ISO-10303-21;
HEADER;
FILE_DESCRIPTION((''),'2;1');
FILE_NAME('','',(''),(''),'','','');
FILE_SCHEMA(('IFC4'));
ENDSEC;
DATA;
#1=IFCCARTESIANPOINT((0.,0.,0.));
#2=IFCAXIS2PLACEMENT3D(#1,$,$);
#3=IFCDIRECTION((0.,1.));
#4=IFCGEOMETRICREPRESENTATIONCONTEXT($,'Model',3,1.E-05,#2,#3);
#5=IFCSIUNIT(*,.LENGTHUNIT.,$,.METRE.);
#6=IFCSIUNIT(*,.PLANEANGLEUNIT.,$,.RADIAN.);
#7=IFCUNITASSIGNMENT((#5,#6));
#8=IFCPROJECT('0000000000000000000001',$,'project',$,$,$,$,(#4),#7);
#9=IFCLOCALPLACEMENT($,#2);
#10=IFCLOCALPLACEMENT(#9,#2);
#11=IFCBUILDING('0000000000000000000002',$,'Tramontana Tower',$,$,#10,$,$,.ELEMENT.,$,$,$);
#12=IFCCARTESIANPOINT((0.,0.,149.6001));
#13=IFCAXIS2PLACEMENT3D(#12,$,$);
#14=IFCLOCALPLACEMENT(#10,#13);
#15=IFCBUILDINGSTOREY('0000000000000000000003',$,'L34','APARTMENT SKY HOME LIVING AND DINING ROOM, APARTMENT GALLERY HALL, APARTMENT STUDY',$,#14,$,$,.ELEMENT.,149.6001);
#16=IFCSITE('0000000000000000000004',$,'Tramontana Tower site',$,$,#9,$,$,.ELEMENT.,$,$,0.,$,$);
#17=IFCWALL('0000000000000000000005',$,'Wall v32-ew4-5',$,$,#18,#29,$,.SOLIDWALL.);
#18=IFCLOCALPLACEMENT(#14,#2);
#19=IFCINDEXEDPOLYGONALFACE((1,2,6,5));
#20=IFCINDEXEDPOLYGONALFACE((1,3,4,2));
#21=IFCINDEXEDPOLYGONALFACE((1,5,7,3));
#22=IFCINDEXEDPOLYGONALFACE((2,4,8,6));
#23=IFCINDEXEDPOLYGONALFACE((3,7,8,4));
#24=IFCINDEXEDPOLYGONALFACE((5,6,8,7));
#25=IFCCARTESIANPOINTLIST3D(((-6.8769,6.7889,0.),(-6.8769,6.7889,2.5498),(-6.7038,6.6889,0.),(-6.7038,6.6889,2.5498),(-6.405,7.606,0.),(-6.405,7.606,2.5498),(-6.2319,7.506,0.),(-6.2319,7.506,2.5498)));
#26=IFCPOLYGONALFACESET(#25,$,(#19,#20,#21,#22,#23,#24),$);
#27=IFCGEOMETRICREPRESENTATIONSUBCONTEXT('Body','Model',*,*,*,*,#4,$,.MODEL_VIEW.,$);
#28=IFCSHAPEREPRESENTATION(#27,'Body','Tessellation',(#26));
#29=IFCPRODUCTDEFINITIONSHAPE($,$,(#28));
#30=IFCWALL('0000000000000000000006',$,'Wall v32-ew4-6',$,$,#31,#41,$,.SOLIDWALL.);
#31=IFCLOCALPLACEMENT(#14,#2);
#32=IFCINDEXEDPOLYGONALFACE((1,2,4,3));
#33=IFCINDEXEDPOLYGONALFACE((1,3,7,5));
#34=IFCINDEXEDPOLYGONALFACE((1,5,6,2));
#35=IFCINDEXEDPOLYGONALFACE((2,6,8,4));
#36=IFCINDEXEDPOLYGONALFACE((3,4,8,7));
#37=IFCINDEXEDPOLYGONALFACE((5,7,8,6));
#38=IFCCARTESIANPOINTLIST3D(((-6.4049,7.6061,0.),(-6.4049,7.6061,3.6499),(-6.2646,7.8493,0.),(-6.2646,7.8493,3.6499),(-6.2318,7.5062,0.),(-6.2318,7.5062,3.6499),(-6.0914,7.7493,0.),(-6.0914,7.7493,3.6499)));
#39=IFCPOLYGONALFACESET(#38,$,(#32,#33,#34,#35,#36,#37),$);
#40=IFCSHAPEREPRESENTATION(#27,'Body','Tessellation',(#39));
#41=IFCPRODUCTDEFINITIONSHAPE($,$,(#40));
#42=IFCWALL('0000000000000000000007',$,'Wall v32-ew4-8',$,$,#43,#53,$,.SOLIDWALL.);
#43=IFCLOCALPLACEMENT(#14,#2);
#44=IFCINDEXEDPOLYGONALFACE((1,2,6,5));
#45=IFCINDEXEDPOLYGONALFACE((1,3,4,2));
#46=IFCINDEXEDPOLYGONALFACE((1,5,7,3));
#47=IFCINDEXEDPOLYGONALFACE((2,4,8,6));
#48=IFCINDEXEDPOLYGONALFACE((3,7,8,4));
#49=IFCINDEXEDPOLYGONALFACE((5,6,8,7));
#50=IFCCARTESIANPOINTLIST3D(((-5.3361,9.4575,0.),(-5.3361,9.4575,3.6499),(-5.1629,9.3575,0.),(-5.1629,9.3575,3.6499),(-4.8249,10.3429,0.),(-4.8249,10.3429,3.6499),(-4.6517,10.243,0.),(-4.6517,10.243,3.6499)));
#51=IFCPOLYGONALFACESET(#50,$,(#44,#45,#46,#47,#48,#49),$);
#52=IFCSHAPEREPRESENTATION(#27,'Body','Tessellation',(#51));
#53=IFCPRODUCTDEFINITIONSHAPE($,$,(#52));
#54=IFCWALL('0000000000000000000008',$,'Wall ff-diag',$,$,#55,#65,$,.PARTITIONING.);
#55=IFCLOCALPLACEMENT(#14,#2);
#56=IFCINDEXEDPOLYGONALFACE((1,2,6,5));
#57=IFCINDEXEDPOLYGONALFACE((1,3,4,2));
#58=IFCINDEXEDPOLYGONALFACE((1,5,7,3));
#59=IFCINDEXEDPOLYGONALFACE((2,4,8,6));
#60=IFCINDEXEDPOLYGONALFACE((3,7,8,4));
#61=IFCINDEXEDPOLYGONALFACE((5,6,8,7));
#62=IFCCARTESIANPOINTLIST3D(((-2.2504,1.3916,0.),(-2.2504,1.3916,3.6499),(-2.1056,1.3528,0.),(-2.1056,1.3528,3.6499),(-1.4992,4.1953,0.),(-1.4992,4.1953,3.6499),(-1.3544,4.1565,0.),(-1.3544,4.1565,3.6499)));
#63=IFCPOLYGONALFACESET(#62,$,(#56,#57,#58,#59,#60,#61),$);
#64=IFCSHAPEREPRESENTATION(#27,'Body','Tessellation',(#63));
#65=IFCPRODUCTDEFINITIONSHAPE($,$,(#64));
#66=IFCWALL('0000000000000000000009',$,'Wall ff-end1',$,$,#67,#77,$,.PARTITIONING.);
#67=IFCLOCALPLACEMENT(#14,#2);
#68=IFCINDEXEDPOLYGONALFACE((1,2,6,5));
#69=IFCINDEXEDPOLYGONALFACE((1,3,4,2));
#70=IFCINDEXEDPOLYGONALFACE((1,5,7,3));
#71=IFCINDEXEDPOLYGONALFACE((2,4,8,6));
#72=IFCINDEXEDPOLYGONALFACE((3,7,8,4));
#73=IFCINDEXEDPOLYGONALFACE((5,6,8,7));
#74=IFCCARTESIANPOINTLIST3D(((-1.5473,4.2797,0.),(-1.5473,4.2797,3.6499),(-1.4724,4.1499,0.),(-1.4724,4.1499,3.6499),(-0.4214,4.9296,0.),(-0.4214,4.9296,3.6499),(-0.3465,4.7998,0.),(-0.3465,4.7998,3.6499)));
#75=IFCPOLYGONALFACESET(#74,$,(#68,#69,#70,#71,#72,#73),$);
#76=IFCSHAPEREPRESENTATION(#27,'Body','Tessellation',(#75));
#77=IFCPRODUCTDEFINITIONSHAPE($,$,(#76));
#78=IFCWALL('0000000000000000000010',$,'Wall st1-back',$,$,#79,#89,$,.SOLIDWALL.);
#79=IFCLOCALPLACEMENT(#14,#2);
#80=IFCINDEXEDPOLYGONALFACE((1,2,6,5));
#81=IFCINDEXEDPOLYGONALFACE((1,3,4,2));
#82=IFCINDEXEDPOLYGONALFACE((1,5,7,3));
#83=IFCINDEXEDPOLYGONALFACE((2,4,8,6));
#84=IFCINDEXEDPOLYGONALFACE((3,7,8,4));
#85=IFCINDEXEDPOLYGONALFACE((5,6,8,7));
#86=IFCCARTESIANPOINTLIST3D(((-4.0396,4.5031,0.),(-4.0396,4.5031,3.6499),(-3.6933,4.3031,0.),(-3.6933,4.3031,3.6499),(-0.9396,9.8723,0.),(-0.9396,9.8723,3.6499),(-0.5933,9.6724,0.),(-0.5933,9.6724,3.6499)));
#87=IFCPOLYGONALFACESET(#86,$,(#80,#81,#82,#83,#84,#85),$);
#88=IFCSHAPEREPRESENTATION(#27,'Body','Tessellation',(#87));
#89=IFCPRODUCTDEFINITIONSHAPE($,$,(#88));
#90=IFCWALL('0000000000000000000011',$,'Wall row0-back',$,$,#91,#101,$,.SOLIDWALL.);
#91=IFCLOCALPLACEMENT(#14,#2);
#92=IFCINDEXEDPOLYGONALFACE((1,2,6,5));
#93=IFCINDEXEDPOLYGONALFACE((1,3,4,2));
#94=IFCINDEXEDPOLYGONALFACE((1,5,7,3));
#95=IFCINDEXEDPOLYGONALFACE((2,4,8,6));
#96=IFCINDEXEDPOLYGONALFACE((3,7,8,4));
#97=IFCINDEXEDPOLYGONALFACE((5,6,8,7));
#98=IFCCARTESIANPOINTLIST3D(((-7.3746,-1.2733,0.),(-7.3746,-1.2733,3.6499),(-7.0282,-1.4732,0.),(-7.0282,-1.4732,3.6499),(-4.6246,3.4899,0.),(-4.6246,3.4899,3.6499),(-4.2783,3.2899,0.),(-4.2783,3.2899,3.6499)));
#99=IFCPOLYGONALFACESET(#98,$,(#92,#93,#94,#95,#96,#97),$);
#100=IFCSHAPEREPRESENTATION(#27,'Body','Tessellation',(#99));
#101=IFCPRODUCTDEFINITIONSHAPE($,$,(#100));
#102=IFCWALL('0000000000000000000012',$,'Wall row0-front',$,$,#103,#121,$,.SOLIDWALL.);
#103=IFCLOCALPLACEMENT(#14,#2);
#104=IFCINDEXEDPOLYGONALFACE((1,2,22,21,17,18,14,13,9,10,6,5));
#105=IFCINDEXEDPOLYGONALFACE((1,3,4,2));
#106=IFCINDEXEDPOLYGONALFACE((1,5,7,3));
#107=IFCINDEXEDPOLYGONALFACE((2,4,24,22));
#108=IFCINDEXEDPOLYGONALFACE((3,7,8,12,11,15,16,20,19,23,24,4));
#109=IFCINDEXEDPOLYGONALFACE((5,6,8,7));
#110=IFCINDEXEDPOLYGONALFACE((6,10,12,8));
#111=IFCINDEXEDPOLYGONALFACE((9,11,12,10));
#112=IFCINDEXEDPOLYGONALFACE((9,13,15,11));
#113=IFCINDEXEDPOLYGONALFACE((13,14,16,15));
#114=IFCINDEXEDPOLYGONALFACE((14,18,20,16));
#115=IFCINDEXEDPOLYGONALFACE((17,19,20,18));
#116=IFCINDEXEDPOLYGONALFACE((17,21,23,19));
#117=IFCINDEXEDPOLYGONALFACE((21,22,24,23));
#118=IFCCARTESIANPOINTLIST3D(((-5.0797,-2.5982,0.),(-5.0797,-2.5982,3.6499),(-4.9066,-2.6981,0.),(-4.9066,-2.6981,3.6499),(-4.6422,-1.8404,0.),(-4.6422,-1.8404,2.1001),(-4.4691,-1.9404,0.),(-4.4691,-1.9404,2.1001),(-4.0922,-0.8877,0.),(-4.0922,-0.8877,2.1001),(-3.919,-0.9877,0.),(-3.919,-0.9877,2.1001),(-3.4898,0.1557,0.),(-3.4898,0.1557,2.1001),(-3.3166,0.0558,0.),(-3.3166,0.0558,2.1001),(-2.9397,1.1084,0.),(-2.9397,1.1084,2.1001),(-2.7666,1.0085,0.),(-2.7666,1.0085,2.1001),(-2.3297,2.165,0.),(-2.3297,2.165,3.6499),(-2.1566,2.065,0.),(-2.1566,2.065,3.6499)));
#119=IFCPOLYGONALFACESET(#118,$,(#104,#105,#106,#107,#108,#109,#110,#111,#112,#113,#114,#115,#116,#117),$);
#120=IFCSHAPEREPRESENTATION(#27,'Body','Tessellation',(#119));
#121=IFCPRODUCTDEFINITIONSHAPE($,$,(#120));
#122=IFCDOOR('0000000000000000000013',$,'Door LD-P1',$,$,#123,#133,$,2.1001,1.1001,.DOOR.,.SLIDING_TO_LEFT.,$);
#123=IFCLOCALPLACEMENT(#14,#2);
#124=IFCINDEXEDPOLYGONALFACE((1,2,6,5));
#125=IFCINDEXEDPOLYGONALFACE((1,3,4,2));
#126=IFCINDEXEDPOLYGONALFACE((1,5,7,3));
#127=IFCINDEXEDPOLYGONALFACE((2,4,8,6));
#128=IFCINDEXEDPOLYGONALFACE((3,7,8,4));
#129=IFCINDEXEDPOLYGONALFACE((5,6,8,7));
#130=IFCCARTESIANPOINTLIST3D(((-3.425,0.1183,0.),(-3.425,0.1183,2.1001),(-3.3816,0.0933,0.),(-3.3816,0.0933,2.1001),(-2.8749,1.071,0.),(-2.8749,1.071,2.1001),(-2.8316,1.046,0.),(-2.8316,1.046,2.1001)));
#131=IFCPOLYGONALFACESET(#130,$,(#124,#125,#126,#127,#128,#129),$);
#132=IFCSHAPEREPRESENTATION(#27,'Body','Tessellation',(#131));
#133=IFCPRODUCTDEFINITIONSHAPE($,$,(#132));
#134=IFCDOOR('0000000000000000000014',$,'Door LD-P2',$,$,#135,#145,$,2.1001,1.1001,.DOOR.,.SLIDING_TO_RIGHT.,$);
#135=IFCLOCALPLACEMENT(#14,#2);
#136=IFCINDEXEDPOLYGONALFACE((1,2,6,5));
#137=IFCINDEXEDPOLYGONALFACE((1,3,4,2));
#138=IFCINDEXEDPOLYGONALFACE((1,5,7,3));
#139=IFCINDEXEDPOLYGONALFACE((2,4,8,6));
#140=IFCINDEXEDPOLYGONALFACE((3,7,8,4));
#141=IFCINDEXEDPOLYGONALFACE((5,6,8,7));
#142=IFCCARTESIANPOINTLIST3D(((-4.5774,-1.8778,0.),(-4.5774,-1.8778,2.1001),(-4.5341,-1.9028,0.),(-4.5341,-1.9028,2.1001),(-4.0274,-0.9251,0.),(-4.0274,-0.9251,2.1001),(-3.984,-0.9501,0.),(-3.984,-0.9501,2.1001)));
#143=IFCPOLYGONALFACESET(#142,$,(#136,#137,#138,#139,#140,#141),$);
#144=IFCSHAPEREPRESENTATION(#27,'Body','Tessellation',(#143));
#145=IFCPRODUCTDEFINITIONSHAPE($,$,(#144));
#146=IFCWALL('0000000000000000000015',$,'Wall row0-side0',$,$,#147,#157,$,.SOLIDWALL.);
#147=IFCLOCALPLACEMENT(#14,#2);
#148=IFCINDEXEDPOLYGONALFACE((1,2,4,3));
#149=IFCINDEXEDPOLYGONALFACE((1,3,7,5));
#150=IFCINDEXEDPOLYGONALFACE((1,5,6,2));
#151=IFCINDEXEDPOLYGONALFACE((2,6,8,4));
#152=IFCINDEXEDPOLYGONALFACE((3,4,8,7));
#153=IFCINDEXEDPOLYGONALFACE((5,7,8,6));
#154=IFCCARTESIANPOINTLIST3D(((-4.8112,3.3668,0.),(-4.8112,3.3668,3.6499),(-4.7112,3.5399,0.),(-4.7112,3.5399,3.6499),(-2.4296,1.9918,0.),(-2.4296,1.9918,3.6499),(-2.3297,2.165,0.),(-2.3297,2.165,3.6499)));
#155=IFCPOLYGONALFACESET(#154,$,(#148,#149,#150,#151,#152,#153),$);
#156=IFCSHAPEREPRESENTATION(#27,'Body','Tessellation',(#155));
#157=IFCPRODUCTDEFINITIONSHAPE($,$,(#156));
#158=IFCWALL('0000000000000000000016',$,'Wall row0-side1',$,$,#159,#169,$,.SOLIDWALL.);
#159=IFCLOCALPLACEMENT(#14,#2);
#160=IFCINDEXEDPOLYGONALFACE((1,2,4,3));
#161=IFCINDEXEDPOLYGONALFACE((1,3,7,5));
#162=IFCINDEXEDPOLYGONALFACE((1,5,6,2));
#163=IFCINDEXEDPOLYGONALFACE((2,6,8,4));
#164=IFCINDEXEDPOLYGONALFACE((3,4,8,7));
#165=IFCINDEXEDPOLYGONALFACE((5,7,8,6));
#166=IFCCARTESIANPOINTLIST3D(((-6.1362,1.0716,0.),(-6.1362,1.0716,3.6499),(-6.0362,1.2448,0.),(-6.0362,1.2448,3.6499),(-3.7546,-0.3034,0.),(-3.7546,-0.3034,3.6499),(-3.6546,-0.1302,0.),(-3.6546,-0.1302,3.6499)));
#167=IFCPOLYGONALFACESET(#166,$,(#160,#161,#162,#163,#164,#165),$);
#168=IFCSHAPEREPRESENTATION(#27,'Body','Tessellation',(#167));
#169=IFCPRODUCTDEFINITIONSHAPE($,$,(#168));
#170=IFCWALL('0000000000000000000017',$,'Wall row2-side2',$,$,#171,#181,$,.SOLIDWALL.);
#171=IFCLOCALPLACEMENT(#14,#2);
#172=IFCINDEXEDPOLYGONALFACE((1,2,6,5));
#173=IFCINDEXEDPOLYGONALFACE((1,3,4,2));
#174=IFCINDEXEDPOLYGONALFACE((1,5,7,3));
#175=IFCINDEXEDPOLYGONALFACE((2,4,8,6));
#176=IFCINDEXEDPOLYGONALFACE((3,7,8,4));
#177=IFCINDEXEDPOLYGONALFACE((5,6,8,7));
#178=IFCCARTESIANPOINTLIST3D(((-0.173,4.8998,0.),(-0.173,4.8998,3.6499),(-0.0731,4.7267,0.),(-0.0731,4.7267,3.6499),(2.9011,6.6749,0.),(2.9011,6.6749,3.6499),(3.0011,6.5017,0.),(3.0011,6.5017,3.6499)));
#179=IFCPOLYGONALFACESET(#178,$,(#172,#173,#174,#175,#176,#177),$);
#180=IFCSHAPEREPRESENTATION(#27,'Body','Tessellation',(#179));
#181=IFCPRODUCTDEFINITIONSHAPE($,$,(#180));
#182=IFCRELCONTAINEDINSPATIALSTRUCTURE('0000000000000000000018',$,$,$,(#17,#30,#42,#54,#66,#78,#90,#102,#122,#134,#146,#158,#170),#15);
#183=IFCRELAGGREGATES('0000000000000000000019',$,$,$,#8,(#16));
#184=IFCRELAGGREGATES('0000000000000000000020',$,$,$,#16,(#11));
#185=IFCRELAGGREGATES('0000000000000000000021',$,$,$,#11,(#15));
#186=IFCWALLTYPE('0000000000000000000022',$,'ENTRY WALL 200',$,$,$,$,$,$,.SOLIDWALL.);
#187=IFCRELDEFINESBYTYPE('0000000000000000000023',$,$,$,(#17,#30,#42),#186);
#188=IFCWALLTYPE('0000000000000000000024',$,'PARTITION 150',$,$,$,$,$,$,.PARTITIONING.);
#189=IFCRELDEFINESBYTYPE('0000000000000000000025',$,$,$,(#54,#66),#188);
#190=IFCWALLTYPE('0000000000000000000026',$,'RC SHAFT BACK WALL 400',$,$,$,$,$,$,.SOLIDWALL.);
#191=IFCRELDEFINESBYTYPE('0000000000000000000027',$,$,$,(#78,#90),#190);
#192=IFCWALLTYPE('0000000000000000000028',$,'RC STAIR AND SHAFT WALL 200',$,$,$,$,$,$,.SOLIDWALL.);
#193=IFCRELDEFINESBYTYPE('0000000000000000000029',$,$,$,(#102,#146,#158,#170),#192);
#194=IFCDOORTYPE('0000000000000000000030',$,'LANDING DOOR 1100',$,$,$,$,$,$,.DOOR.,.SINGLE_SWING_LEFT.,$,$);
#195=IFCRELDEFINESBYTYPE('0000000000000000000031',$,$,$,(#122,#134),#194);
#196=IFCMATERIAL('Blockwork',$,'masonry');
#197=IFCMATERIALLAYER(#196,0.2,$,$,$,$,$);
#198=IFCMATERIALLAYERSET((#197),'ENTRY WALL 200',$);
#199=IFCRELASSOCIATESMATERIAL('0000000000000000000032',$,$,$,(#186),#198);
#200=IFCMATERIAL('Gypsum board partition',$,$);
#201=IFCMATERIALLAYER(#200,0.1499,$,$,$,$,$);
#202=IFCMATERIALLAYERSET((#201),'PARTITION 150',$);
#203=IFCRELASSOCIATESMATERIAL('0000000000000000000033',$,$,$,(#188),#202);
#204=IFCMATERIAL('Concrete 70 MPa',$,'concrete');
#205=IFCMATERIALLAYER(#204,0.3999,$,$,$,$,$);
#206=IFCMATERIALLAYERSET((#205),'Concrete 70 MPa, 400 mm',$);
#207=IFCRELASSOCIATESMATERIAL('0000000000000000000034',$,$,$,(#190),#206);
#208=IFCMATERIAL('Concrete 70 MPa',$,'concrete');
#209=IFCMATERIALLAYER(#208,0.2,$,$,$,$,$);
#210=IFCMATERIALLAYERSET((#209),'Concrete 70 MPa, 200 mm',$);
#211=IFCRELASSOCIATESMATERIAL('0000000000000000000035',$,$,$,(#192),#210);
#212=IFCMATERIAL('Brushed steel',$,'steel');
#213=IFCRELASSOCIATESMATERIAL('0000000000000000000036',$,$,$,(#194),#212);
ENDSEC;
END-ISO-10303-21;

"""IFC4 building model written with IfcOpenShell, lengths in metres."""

from ifc_helpers import new_model, si_unit, direction, frame, frame_2d, origin, place, context, subcontext, project, spatial, rectangle, extrude, material, layer, layer_set, type_object, element, fill, save


model = new_model("IFC4")

# Units and contexts
model_context = context("Model", 3, precision=1e-05, world=origin(), true_north=direction((0.0, 1.0)))
body_context = subcontext(model_context, "Body", "Model", "MODEL_VIEW")
ifc_project = project(units=[si_unit("LENGTHUNIT", "METRE"), si_unit("PLANEANGLEUNIT", "RADIAN")], contexts=[model_context])

# Site, building, storey
site_placement = place(None, origin())
site = spatial("IfcSite", under=ifc_project, at=site_placement, Name="Tramontana Tower site", CompositionType="ELEMENT", RefElevation=0.0)
building_placement = place(site_placement, origin())
building = spatial("IfcBuilding", under=site, at=building_placement, Name="Tramontana Tower", CompositionType="ELEMENT")
storey_placement = place(building_placement, frame((0.0, 0.0, 149.6001)))
storey = spatial("IfcBuildingStorey", under=building, at=storey_placement, Name="L34", Description="APARTMENT SKY HOME LIVING AND DINING ROOM, APARTMENT GALLERY HALL, APARTMENT STUDY", CompositionType="ELEMENT", Elevation=149.6001)

# Walls
ifc_material_1 = material(Name="Blockwork", Category="masonry")
ifc_layer_1 = layer(ifc_material_1, 0.2)
ifc_layer_set_1 = layer_set([ifc_layer_1], Name="ENTRY WALL 200")
wall_type_1 = type_object("IfcWallType", Name="ENTRY WALL 200", PredefinedType="SOLIDWALL", material=ifc_layer_set_1)
wall_1_placement = place(storey_placement, frame((-6.7903, 6.739, 0.0), z_axis=(0.0, 0.0, 1.0), x_axis=(0.500118, 0.865957, 0.0)))
element("IfcWall", 1, at=wall_1_placement, inside=storey, type_object=wall_type_1, Name="Wall v32-ew4-5", PredefinedType="SOLIDWALL", context=body_context, shape_type="SweptSolid", body=[
    extrude(rectangle(XDim=0.9436, YDim=0.2, at=frame_2d((0.4717, 0.0))), origin(), (0.0, 0.0, 1.0), 2.5498),
])
wall_2_placement = place(storey_placement, frame((-6.3184, 7.5562, 0.0), z_axis=(0.0, 0.0, 1.0), x_axis=(0.499973, 0.866041, 0.0)))
element("IfcWall", 2, at=wall_2_placement, inside=storey, type_object=wall_type_1, Name="Wall v32-ew4-6", PredefinedType="SOLIDWALL", context=body_context, shape_type="SweptSolid", body=[
    extrude(rectangle(XDim=0.2808, YDim=0.2, at=frame_2d((0.1404, 0.0))), origin(), (0.0, 0.0, 1.0), 3.6499),
])

# Walls
wall_3_placement = place(storey_placement, frame((-5.2495, 9.4075, 0.0), z_axis=(0.0, 0.0, 1.0), x_axis=(0.499991, 0.866031, 0.0)))
element("IfcWall", 3, at=wall_3_placement, inside=storey, type_object=wall_type_1, Name="Wall v32-ew4-8", PredefinedType="SOLIDWALL", context=body_context, shape_type="SweptSolid", body=[
    extrude(rectangle(XDim=1.0225, YDim=0.2, at=frame_2d((0.5112, 0.0))), origin(), (0.0, 0.0, 1.0), 3.6499),
])
ifc_material_2 = material(Name="Gypsum board partition")
ifc_layer_2 = layer(ifc_material_2, 0.1499)
ifc_layer_set_2 = layer_set([ifc_layer_2], Name="PARTITION 150")
wall_type_2 = type_object("IfcWallType", Name="PARTITION 150", PredefinedType="PARTITIONING", material=ifc_layer_set_2)
wall_4_placement = place(storey_placement, frame((-2.178, 1.3723, 0.0), z_axis=(0.0, 0.0, 1.0), x_axis=(0.258809, 0.965929, 0.0)))
element("IfcWall", 4, at=wall_4_placement, inside=storey, type_object=wall_type_2, Name="Wall ff-diag", PredefinedType="PARTITIONING", context=body_context, shape_type="SweptSolid", body=[
    extrude(rectangle(XDim=2.9026, YDim=0.1499, at=frame_2d((1.4512, 0.0))), origin(), (0.0, 0.0, 1.0), 3.6499),
])
wall_5_placement = place(storey_placement, frame((-1.5098, 4.2148, 0.0), z_axis=(0.0, 0.0, 1.0), x_axis=(0.866086, 0.499896, 0.0)))
element("IfcWall", 5, at=wall_5_placement, inside=storey, type_object=wall_type_2, Name="Wall ff-end1", PredefinedType="PARTITIONING", context=body_context, shape_type="SweptSolid", body=[
    extrude(rectangle(XDim=1.3, YDim=0.1499, at=frame_2d((0.6499, 0.0))), origin(), (0.0, 0.0, 1.0), 3.6499),
])
ifc_material_3 = material(Name="Concrete 70 MPa", Category="concrete")
ifc_layer_3 = layer(ifc_material_3, 0.3999)
ifc_layer_set_3 = layer_set([ifc_layer_3], Name="Concrete 70 MPa, 400 mm")
wall_type_3 = type_object("IfcWallType", Name="RC SHAFT BACK WALL 400", PredefinedType="SOLIDWALL", material=ifc_layer_set_3)
wall_6_placement = place(storey_placement, frame((-0.7664, 9.7725, 0.0), z_axis=(0.0, 0.0, 1.0), x_axis=(-0.50001, -0.86602, 0.0)))
element("IfcWall", 6, at=wall_6_placement, inside=storey, type_object=wall_type_3, Name="Wall st1-back", PredefinedType="SOLIDWALL", context=body_context, shape_type="SweptSolid", body=[
    extrude(rectangle(XDim=6.2, YDim=0.3999, at=frame_2d((3.1001, 0.0))), origin(), (0.0, 0.0, 1.0), 3.6499),
])
wall_7_placement = place(storey_placement, frame((-4.4514, 3.3899, 0.0), z_axis=(0.0, 0.0, 1.0), x_axis=(-0.499997, -0.866027, 0.0)))
element("IfcWall", 7, at=wall_7_placement, inside=storey, type_object=wall_type_3, Name="Wall row0-back", PredefinedType="SOLIDWALL", context=body_context, shape_type="SweptSolid", body=[
    extrude(rectangle(XDim=5.5, YDim=0.3999, at=frame_2d((2.75, 0.0))), origin(), (0.0, 0.0, 1.0), 3.6499),
])

# Shared definitions
ifc_material_4 = material(Name="Concrete 70 MPa", Category="concrete")
ifc_layer_4 = layer(ifc_material_4, 0.2)
ifc_layer_set_4 = layer_set([ifc_layer_4], Name="Concrete 70 MPa, 200 mm")
wall_type_4 = type_object("IfcWallType", Name="RC STAIR AND SHAFT WALL 200", PredefinedType="SOLIDWALL", material=ifc_layer_set_4)

# Wall, openings, doors
wall_8_placement = place(storey_placement, frame((-2.2432, 2.115, 0.0), z_axis=(0.0, 0.0, 1.0), x_axis=(-0.499997, -0.866027, 0.0)))
wall_8 = element("IfcWall", 8, at=wall_8_placement, inside=storey, type_object=wall_type_4, Name="Wall row0-front", PredefinedType="SOLIDWALL", context=body_context, shape_type="SweptSolid", body=[
    extrude(rectangle(XDim=5.5, YDim=0.2, at=frame_2d((2.75, 0.0))), origin(), (0.0, 0.0, 1.0), 3.6499),
])
opening_1_placement = place(wall_8_placement, frame((1.22, 0.0, 0.0)))
opening_1 = element("IfcOpeningElement", 9, at=opening_1_placement, cuts=wall_8, PredefinedType="OPENING", context=body_context, shape_type="SweptSolid", body=[
    extrude(rectangle(XDim=1.1001, YDim=2.1001, at=frame_2d((0.55, 1.05))), frame((0.0, 0.1099, 0.0), z_axis=(0.0, -1.0, 0.0), x_axis=(1.0, 0.0, 0.0)), (0.0, 0.0, 1.0), 0.22),
])
opening_2_placement = place(wall_8_placement, frame((3.5249, 0.0, 0.0)))
opening_2 = element("IfcOpeningElement", 10, at=opening_2_placement, cuts=wall_8, PredefinedType="OPENING", context=body_context, shape_type="SweptSolid", body=[
    extrude(rectangle(XDim=1.1001, YDim=2.1001, at=frame_2d((0.55, 1.05))), frame((0.0, 0.1099, 0.0), z_axis=(0.0, -1.0, 0.0), x_axis=(1.0, 0.0, 0.0)), (0.0, 0.0, 1.0), 0.22),
])
ifc_material_5 = material(Name="Brushed steel", Category="steel")
door_type_1 = type_object("IfcDoorType", Name="LANDING DOOR 1100", OperationType="SINGLE_SWING_LEFT", PredefinedType="DOOR", material=ifc_material_5)
door_1_placement = place(opening_1_placement, origin())
door_1 = element("IfcDoor", 11, at=door_1_placement, inside=storey, type_object=door_type_1, Name="Door LD-P1", OperationType="SLIDING_TO_LEFT", OverallHeight=2.1001, OverallWidth=1.1001, PredefinedType="DOOR", context=body_context, shape_type="SweptSolid", body=[
    extrude(rectangle(XDim=1.1001, YDim=2.1001, at=frame_2d((0.55, 1.05))), frame((0.0, 0.0249, 0.0), z_axis=(0.0, -1.0, 0.0), x_axis=(1.0, 0.0, 0.0)), (0.0, 0.0, 1.0), 0.05),
])
fill(opening_1, door_1)
door_2_placement = place(opening_2_placement, origin())
door_2 = element("IfcDoor", 12, at=door_2_placement, inside=storey, type_object=door_type_1, Name="Door LD-P2", OperationType="SLIDING_TO_RIGHT", OverallHeight=2.1001, OverallWidth=1.1001, PredefinedType="DOOR", context=body_context, shape_type="SweptSolid", body=[
    extrude(rectangle(XDim=1.1001, YDim=2.1001, at=frame_2d((0.55, 1.05))), frame((0.0, 0.0249, 0.0), z_axis=(0.0, -1.0, 0.0), x_axis=(1.0, 0.0, 0.0)), (0.0, 0.0, 1.0), 0.05),
])
fill(opening_2, door_2)

# Walls
for number, where, z_axis, x_axis, name in (
    (13, (-2.3796, 2.0784, 0.0), (0.0, 0.0, 1.0), (-0.866027, 0.499997, 0.0), "Wall row0-side0"),
    (14, (-3.7046, -0.2168, 0.0), (0.0, 0.0, 1.0), (-0.866027, 0.499997, 0.0), "Wall row0-side1"),
):
    element("IfcWall", number, at=place(storey_placement, frame(where, z_axis=z_axis, x_axis=x_axis)), inside=storey, type_object=wall_type_4, Name=name, PredefinedType="SOLIDWALL", context=body_context, shape_type="SweptSolid", body=[
        extrude(rectangle(XDim=2.75, YDim=0.2, at=frame_2d((1.375, 0.0))), origin(), (0.0, 0.0, 1.0), 3.6499),
    ])
wall_9_placement = place(storey_placement, frame((-0.123, 4.8132, 0.0), z_axis=(0.0, 0.0, 1.0), x_axis=(0.865995, 0.500052, 0.0)))
element("IfcWall", 15, at=wall_9_placement, inside=storey, type_object=wall_type_4, Name="Wall row2-side2", PredefinedType="SOLIDWALL", context=body_context, shape_type="SweptSolid", body=[
    extrude(rectangle(XDim=3.5498, YDim=0.2, at=frame_2d((1.7749, 0.0))), origin(), (0.0, 0.0, 1.0), 3.6499),
])

save(model, "model.ifc")
